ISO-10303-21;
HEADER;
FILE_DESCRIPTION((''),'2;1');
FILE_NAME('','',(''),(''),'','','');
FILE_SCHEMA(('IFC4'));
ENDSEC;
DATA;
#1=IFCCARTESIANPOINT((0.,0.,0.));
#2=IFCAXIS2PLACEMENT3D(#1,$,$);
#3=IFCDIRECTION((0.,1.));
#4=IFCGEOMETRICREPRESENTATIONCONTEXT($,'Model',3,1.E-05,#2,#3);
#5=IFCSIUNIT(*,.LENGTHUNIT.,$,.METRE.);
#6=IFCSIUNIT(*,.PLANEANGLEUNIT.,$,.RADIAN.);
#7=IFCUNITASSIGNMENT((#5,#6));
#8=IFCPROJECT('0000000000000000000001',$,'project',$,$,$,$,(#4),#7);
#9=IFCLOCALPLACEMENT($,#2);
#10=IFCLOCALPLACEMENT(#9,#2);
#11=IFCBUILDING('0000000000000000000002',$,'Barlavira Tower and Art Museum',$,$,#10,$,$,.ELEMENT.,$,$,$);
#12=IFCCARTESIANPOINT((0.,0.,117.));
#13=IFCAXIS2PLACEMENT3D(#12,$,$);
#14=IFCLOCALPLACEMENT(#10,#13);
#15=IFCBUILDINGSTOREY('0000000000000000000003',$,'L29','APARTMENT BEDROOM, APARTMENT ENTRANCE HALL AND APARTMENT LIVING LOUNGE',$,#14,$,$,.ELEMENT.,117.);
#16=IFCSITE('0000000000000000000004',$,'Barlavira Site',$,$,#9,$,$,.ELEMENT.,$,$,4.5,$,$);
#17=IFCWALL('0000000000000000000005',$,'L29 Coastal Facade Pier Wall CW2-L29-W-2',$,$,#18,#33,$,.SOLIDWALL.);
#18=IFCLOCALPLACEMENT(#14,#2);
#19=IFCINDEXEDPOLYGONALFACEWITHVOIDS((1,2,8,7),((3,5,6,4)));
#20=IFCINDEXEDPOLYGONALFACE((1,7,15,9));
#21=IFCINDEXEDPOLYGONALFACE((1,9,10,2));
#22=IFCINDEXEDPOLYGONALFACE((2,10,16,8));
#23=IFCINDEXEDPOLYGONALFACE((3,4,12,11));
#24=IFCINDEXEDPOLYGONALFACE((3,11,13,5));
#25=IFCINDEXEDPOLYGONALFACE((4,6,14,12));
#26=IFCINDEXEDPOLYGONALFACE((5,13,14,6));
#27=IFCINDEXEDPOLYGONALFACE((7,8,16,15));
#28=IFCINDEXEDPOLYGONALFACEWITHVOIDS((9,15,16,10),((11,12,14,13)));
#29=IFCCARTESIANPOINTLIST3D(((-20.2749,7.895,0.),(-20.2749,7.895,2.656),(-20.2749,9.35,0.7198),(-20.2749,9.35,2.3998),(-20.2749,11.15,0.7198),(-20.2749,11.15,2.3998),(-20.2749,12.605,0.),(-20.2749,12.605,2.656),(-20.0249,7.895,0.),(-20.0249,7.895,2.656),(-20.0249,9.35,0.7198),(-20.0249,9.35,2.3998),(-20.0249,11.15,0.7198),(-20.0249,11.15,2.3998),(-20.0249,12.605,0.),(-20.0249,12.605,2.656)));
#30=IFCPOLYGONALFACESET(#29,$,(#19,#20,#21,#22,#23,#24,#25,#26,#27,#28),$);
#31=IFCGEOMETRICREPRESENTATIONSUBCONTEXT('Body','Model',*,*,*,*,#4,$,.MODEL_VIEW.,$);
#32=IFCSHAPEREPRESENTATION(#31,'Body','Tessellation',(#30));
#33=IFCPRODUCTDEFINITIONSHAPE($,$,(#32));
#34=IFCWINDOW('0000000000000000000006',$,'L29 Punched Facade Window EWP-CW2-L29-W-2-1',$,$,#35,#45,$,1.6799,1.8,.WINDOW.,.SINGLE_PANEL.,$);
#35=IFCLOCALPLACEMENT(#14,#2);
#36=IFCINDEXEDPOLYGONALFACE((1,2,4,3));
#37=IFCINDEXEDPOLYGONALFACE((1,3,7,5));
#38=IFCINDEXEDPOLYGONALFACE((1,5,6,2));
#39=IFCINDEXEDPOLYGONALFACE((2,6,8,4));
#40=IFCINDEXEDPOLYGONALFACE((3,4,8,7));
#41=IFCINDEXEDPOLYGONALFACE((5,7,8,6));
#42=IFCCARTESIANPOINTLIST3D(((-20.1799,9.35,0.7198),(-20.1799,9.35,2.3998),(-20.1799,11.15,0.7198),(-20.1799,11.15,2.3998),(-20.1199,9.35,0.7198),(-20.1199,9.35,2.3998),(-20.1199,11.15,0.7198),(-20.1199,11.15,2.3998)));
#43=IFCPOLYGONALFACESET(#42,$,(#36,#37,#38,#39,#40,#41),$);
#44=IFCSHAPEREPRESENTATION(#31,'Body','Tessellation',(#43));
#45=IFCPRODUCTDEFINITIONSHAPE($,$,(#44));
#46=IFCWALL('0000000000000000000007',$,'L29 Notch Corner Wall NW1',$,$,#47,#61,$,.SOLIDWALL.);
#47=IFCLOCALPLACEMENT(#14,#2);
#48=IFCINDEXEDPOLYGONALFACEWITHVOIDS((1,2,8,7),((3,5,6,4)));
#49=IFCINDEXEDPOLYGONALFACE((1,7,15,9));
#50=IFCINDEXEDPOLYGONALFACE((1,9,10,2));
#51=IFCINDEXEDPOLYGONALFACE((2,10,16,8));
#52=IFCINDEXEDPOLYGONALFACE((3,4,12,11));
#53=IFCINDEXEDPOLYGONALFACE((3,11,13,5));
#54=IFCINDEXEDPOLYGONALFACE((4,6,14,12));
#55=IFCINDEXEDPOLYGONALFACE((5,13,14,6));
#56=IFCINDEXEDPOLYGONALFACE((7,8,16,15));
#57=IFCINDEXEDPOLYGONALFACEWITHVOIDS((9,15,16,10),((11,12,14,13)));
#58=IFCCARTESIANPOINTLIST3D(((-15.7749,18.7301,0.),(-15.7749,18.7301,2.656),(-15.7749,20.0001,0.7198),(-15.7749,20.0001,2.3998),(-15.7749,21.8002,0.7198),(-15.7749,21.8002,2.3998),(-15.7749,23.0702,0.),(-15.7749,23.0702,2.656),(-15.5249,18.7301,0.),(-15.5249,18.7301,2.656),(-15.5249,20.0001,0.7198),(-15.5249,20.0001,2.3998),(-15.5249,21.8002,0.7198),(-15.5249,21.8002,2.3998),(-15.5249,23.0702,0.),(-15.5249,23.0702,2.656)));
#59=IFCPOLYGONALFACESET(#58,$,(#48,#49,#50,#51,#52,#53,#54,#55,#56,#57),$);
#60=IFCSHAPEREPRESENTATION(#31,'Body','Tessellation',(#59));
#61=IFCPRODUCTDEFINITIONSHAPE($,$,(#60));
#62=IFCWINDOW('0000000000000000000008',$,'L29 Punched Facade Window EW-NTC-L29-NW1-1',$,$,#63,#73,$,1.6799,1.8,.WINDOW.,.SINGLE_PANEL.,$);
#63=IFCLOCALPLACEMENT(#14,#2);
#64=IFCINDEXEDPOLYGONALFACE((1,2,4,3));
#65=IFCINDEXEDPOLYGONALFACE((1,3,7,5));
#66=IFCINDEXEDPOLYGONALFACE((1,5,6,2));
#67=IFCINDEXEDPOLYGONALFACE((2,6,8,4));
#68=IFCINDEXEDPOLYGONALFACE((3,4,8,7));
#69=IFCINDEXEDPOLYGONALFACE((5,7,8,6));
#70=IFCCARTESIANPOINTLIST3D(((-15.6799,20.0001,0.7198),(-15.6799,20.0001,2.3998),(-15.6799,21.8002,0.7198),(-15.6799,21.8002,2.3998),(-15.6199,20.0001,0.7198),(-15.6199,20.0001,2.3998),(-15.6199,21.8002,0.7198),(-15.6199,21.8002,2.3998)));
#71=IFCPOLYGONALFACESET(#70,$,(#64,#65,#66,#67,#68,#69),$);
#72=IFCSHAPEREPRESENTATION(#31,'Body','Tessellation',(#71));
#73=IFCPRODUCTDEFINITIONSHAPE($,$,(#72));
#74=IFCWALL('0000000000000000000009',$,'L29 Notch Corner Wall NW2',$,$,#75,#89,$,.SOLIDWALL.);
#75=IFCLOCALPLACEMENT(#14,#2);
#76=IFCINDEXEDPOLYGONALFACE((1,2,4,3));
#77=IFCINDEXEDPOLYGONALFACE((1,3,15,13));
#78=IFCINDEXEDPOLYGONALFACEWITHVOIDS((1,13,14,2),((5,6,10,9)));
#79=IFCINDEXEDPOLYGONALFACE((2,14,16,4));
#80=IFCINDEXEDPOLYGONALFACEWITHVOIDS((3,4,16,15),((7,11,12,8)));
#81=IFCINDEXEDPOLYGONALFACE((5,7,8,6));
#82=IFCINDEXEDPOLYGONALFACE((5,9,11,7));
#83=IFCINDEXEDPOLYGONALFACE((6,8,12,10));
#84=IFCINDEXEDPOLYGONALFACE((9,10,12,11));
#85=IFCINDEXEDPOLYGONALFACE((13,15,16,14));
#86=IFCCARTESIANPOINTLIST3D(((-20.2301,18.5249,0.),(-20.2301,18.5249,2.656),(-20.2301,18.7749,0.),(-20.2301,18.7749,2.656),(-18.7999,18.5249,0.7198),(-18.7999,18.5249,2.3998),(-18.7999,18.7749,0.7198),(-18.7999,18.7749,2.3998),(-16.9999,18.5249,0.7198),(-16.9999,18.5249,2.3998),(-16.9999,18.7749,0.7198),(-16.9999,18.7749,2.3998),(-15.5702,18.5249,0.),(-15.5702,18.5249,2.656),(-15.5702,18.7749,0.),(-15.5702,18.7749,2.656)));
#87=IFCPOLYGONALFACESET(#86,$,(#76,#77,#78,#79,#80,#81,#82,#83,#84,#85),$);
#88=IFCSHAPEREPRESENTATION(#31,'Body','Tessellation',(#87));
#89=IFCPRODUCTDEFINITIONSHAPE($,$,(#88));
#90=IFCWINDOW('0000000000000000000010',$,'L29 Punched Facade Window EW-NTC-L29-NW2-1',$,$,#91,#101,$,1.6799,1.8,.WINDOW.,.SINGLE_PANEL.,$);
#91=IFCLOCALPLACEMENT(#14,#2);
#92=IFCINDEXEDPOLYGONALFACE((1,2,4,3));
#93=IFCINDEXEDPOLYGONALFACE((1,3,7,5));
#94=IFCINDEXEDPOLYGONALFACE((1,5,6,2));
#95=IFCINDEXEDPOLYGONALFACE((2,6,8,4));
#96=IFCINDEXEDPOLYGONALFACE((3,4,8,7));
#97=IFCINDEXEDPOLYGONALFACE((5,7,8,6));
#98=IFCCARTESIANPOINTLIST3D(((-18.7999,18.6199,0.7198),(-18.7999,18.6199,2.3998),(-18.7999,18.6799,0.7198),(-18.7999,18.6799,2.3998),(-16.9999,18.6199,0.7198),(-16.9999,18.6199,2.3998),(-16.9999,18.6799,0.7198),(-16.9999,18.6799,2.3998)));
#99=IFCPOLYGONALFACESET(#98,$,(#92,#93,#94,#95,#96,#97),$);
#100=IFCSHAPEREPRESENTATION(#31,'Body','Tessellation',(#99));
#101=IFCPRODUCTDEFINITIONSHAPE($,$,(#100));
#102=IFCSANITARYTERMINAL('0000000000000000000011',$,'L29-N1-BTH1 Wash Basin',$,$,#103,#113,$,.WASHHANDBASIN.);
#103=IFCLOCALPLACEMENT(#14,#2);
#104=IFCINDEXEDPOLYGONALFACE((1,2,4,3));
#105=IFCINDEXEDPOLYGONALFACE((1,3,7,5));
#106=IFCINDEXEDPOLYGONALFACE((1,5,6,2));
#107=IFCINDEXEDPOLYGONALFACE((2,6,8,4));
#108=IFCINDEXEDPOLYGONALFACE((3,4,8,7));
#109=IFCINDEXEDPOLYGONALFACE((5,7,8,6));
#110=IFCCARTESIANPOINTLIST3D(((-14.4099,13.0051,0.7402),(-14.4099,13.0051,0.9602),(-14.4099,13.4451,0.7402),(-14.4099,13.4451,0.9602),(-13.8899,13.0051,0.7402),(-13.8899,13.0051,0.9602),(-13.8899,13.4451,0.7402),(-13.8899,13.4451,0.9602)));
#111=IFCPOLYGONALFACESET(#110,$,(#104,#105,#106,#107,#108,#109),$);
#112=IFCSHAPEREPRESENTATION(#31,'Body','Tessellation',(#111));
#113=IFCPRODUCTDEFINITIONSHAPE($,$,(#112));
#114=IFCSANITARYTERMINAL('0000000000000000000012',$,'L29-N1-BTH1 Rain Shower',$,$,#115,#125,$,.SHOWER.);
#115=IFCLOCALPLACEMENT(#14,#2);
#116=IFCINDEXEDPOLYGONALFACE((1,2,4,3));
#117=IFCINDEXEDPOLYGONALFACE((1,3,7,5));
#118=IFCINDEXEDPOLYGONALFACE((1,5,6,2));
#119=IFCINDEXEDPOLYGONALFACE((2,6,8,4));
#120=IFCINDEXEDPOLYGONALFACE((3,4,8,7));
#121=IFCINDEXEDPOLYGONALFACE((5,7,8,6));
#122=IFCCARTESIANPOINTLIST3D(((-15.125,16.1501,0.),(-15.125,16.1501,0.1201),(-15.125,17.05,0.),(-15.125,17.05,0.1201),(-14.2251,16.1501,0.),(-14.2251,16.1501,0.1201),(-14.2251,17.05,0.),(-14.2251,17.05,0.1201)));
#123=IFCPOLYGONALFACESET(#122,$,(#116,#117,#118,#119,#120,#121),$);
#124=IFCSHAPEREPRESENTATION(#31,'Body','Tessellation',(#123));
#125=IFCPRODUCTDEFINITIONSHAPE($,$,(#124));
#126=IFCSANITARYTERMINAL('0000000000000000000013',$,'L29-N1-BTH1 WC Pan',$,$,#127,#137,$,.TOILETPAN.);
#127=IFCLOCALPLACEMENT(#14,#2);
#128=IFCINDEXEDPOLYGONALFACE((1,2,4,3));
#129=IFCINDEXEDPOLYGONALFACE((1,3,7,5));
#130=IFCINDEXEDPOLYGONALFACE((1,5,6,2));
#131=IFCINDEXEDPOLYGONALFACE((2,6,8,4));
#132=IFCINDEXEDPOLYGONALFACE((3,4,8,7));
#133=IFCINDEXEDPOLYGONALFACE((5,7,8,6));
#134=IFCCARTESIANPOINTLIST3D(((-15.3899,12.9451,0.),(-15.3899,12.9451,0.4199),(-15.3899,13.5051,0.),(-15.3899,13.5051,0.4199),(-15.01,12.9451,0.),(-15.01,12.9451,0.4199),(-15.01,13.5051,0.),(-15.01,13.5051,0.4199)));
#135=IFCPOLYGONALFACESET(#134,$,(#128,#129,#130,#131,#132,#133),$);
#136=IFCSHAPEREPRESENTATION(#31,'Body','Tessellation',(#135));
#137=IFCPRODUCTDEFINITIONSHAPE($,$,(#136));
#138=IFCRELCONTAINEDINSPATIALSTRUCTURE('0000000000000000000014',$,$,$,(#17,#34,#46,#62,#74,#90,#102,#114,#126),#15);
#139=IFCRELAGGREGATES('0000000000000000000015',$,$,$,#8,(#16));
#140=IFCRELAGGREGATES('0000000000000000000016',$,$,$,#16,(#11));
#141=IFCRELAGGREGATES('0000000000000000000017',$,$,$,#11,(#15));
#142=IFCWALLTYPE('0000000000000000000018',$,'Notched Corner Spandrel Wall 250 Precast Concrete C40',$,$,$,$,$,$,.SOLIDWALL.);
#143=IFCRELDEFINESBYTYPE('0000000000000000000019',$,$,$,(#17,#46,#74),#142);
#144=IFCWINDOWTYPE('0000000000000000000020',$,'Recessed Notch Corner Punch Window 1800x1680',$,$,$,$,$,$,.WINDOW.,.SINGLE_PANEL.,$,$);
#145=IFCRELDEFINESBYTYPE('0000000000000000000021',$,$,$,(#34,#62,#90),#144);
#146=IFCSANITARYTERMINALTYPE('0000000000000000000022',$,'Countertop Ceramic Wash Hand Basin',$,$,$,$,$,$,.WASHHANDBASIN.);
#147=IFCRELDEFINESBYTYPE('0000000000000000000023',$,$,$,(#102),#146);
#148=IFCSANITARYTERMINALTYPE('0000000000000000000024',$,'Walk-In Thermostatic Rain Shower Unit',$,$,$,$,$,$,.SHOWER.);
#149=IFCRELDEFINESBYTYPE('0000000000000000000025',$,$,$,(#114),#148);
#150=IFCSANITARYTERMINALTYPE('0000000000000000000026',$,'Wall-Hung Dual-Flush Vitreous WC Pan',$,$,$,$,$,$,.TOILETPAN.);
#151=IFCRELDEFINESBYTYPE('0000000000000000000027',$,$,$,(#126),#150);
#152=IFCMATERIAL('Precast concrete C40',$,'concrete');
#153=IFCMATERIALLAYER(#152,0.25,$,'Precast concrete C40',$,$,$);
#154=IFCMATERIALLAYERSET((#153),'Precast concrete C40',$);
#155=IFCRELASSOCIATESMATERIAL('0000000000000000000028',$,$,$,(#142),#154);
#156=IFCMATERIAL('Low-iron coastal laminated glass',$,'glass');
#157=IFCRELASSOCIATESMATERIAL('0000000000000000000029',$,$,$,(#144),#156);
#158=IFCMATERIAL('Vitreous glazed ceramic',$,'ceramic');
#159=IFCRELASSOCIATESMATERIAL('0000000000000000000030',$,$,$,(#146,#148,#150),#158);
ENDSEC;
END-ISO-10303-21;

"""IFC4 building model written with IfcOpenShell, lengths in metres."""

from ifc_helpers import new_model, si_unit, direction, frame, frame_2d, origin, origin_2d, place, context, subcontext, project, spatial, rectangle, extrude, material, layer, layer_set, type_object, element, fill, save


model = new_model("IFC4")

# Units and contexts
model_context = context("Model", 3, precision=1e-05, world=origin(), true_north=direction((0.0, 1.0)))
body_context = subcontext(model_context, "Body", "Model", "MODEL_VIEW")
ifc_project = project(units=[si_unit("LENGTHUNIT", "METRE"), si_unit("PLANEANGLEUNIT", "RADIAN")], contexts=[model_context])

# Site, building, storey
site_placement = place(None, origin())
site = spatial("IfcSite", under=ifc_project, at=site_placement, Name="Barlavira Site", CompositionType="ELEMENT", RefElevation=4.5)
building_placement = place(site_placement, origin())
building = spatial("IfcBuilding", under=site, at=building_placement, Name="Barlavira Tower and Art Museum", CompositionType="ELEMENT")
storey_placement = place(building_placement, frame((0.0, 0.0, 117.0)))
storey = spatial("IfcBuildingStorey", under=building, at=storey_placement, Name="L29", Description="APARTMENT BEDROOM, APARTMENT ENTRANCE HALL AND APARTMENT LIVING LOUNGE", CompositionType="ELEMENT", Elevation=117.0)

# Walls, openings, windows
ifc_material_1 = material(Name="Precast concrete C40", Category="concrete")
ifc_layer_1 = layer(ifc_material_1, 0.25, Name="Precast concrete C40")
ifc_layer_set_1 = layer_set([ifc_layer_1], Name="Precast concrete C40")
wall_type_1 = type_object("IfcWallType", Name="Notched Corner Spandrel Wall 250 Precast Concrete C40", PredefinedType="SOLIDWALL", material=ifc_layer_set_1)
ifc_material_2 = material(Name="Low-iron coastal laminated glass", Category="glass")
window_type = type_object("IfcWindowType", Name="Recessed Notch Corner Punch Window 1800x1680", PartitioningType="SINGLE_PANEL", PredefinedType="WINDOW", material=ifc_material_2)
wall_1_placement = place(storey_placement, frame((-20.1499, 12.605, 0.0), z_axis=(0.0, 0.0, 1.0), x_axis=(0.0, -1.0, 0.0)))
wall_1 = element("IfcWall", 1, at=wall_1_placement, inside=storey, type_object=wall_type_1, Name="L29 Coastal Facade Pier Wall CW2-L29-W-2", PredefinedType="SOLIDWALL", context=body_context, shape_type="SweptSolid", body=[
    extrude(rectangle(XDim=4.71, YDim=0.25, at=frame_2d((2.355, 0.0))), origin(), (0.0, 0.0, 1.0), 2.656),
])
opening_1_placement = place(wall_1_placement, frame((1.4551, 0.0, 0.72)))
opening_1 = element("IfcOpeningElement", 2, at=opening_1_placement, cuts=wall_1, PredefinedType="OPENING", context=body_context, shape_type="SweptSolid", body=[
    extrude(rectangle(XDim=1.8, YDim=1.6799, at=frame_2d((0.8999, 0.8398))), frame((0.0, 0.135, 0.0), z_axis=(0.0, -1.0, 0.0), x_axis=(1.0, 0.0, 0.0)), (0.0, 0.0, 1.0), 0.27),
])
window_1_placement = place(opening_1_placement, origin())
window_1 = element("IfcWindow", 3, at=window_1_placement, inside=storey, type_object=window_type, Name="L29 Punched Facade Window EWP-CW2-L29-W-2-1", OverallHeight=1.6799, OverallWidth=1.8, PartitioningType="SINGLE_PANEL", PredefinedType="WINDOW", context=body_context, shape_type="SweptSolid", body=[
    extrude(rectangle(XDim=1.8, YDim=1.6799, at=frame_2d((0.8999, 0.8398))), frame((0.0, 0.03, 0.0), z_axis=(0.0, -1.0, 0.0), x_axis=(1.0, 0.0, 0.0)), (0.0, 0.0, 1.0), 0.0601),
])
fill(opening_1, window_1)
wall_2_placement = place(storey_placement, frame((-15.6499, 23.0701, 0.0), z_axis=(0.0, 0.0, 1.0), x_axis=(0.0, -1.0, 0.0)))
wall_2 = element("IfcWall", 4, at=wall_2_placement, inside=storey, type_object=wall_type_1, Name="L29 Notch Corner Wall NW1", PredefinedType="SOLIDWALL", context=body_context, shape_type="SweptSolid", body=[
    extrude(rectangle(XDim=4.3401, YDim=0.25, at=frame_2d((2.1699, 0.0))), origin(), (0.0, 0.0, 1.0), 2.656),
])
opening_2_placement = place(wall_2_placement, frame((1.27, 0.0, 0.72)))
opening_2 = element("IfcOpeningElement", 5, at=opening_2_placement, cuts=wall_2, PredefinedType="OPENING", context=body_context, shape_type="SweptSolid", body=[
    extrude(rectangle(XDim=1.8, YDim=1.6799, at=frame_2d((0.8999, 0.8398))), frame((0.0, 0.135, 0.0), z_axis=(0.0, -1.0, 0.0), x_axis=(1.0, 0.0, 0.0)), (0.0, 0.0, 1.0), 0.27),
])
window_2_placement = place(opening_2_placement, origin())
window_2 = element("IfcWindow", 6, at=window_2_placement, inside=storey, type_object=window_type, Name="L29 Punched Facade Window EW-NTC-L29-NW1-1", OverallHeight=1.6799, OverallWidth=1.8, PartitioningType="SINGLE_PANEL", PredefinedType="WINDOW", context=body_context, shape_type="SweptSolid", body=[
    extrude(rectangle(XDim=1.8, YDim=1.6799, at=frame_2d((0.8999, 0.8398))), frame((0.0, 0.03, 0.0), z_axis=(0.0, -1.0, 0.0), x_axis=(1.0, 0.0, 0.0)), (0.0, 0.0, 1.0), 0.0601),
])
fill(opening_2, window_2)
wall_3_placement = place(storey_placement, frame((-15.5701, 18.6499, 0.0), z_axis=(0.0, 0.0, 1.0), x_axis=(-1.0, 0.0, 0.0)))
wall_3 = element("IfcWall", 7, at=wall_3_placement, inside=storey, type_object=wall_type_1, Name="L29 Notch Corner Wall NW2", PredefinedType="SOLIDWALL", context=body_context, shape_type="SweptSolid", body=[
    extrude(rectangle(XDim=4.6599, YDim=0.25, at=frame_2d((2.3301, 0.0))), origin(), (0.0, 0.0, 1.0), 2.656),
])
opening_3_placement = place(wall_3_placement, frame((1.4299, 0.0, 0.72)))
opening_3 = element("IfcOpeningElement", 8, at=opening_3_placement, cuts=wall_3, PredefinedType="OPENING", context=body_context, shape_type="SweptSolid", body=[
    extrude(rectangle(XDim=1.8, YDim=1.6799, at=frame_2d((0.8999, 0.8398))), frame((0.0, 0.135, 0.0), z_axis=(0.0, -1.0, 0.0), x_axis=(1.0, 0.0, 0.0)), (0.0, 0.0, 1.0), 0.27),
])
window_3_placement = place(opening_3_placement, origin())
window_3 = element("IfcWindow", 9, at=window_3_placement, inside=storey, type_object=window_type, Name="L29 Punched Facade Window EW-NTC-L29-NW2-1", OverallHeight=1.6799, OverallWidth=1.8, PartitioningType="SINGLE_PANEL", PredefinedType="WINDOW", context=body_context, shape_type="SweptSolid", body=[
    extrude(rectangle(XDim=1.8, YDim=1.6799, at=frame_2d((0.8999, 0.8398))), frame((0.0, 0.03, 0.0), z_axis=(0.0, -1.0, 0.0), x_axis=(1.0, 0.0, 0.0)), (0.0, 0.0, 1.0), 0.0601),
])
fill(opening_3, window_3)

# Sanitary terminals
ifc_material_3 = material(Name="Vitreous glazed ceramic", Category="ceramic")
sanitary_terminal_type_1 = type_object("IfcSanitaryTerminalType", Name="Countertop Ceramic Wash Hand Basin", PredefinedType="WASHHANDBASIN", material=ifc_material_3)
sanitary_terminal_1_placement = place(storey_placement, frame((-14.1499, 13.2251, 0.7402), z_axis=(0.0, 0.0, 1.0), x_axis=(1.0, 0.0, 0.0)))
element("IfcSanitaryTerminal", 10, at=sanitary_terminal_1_placement, inside=storey, type_object=sanitary_terminal_type_1, Name="L29-N1-BTH1 Wash Basin", PredefinedType="WASHHANDBASIN", context=body_context, shape_type="SweptSolid", body=[
    extrude(rectangle(XDim=0.52, YDim=0.4399, at=origin_2d()), origin(), (0.0, 0.0, 1.0), 0.22),
])
sanitary_terminal_type_2 = type_object("IfcSanitaryTerminalType", Name="Walk-In Thermostatic Rain Shower Unit", PredefinedType="SHOWER", material=ifc_material_3)
sanitary_terminal_2_placement = place(storey_placement, frame((-14.675, 16.6001, 0.0), z_axis=(0.0, 0.0, 1.0), x_axis=(1.0, 0.0, 0.0)))
element("IfcSanitaryTerminal", 11, at=sanitary_terminal_2_placement, inside=storey, type_object=sanitary_terminal_type_2, Name="L29-N1-BTH1 Rain Shower", PredefinedType="SHOWER", context=body_context, shape_type="SweptSolid", body=[
    extrude(rectangle(XDim=0.8999, YDim=0.8999, at=origin_2d()), origin(), (0.0, 0.0, 1.0), 0.1201),
])
sanitary_terminal_type_3 = type_object("IfcSanitaryTerminalType", Name="Wall-Hung Dual-Flush Vitreous WC Pan", PredefinedType="TOILETPAN", material=ifc_material_3)
sanitary_terminal_3_placement = place(storey_placement, frame((-15.2, 13.2251, 0.0), z_axis=(0.0, 0.0, 1.0), x_axis=(1.0, 0.0, 0.0)))
element("IfcSanitaryTerminal", 12, at=sanitary_terminal_3_placement, inside=storey, type_object=sanitary_terminal_type_3, Name="L29-N1-BTH1 WC Pan", PredefinedType="TOILETPAN", context=body_context, shape_type="SweptSolid", body=[
    extrude(rectangle(XDim=0.3799, YDim=0.5601, at=origin_2d()), origin(), (0.0, 0.0, 1.0), 0.4199),
])

save(model, "model.ifc")
